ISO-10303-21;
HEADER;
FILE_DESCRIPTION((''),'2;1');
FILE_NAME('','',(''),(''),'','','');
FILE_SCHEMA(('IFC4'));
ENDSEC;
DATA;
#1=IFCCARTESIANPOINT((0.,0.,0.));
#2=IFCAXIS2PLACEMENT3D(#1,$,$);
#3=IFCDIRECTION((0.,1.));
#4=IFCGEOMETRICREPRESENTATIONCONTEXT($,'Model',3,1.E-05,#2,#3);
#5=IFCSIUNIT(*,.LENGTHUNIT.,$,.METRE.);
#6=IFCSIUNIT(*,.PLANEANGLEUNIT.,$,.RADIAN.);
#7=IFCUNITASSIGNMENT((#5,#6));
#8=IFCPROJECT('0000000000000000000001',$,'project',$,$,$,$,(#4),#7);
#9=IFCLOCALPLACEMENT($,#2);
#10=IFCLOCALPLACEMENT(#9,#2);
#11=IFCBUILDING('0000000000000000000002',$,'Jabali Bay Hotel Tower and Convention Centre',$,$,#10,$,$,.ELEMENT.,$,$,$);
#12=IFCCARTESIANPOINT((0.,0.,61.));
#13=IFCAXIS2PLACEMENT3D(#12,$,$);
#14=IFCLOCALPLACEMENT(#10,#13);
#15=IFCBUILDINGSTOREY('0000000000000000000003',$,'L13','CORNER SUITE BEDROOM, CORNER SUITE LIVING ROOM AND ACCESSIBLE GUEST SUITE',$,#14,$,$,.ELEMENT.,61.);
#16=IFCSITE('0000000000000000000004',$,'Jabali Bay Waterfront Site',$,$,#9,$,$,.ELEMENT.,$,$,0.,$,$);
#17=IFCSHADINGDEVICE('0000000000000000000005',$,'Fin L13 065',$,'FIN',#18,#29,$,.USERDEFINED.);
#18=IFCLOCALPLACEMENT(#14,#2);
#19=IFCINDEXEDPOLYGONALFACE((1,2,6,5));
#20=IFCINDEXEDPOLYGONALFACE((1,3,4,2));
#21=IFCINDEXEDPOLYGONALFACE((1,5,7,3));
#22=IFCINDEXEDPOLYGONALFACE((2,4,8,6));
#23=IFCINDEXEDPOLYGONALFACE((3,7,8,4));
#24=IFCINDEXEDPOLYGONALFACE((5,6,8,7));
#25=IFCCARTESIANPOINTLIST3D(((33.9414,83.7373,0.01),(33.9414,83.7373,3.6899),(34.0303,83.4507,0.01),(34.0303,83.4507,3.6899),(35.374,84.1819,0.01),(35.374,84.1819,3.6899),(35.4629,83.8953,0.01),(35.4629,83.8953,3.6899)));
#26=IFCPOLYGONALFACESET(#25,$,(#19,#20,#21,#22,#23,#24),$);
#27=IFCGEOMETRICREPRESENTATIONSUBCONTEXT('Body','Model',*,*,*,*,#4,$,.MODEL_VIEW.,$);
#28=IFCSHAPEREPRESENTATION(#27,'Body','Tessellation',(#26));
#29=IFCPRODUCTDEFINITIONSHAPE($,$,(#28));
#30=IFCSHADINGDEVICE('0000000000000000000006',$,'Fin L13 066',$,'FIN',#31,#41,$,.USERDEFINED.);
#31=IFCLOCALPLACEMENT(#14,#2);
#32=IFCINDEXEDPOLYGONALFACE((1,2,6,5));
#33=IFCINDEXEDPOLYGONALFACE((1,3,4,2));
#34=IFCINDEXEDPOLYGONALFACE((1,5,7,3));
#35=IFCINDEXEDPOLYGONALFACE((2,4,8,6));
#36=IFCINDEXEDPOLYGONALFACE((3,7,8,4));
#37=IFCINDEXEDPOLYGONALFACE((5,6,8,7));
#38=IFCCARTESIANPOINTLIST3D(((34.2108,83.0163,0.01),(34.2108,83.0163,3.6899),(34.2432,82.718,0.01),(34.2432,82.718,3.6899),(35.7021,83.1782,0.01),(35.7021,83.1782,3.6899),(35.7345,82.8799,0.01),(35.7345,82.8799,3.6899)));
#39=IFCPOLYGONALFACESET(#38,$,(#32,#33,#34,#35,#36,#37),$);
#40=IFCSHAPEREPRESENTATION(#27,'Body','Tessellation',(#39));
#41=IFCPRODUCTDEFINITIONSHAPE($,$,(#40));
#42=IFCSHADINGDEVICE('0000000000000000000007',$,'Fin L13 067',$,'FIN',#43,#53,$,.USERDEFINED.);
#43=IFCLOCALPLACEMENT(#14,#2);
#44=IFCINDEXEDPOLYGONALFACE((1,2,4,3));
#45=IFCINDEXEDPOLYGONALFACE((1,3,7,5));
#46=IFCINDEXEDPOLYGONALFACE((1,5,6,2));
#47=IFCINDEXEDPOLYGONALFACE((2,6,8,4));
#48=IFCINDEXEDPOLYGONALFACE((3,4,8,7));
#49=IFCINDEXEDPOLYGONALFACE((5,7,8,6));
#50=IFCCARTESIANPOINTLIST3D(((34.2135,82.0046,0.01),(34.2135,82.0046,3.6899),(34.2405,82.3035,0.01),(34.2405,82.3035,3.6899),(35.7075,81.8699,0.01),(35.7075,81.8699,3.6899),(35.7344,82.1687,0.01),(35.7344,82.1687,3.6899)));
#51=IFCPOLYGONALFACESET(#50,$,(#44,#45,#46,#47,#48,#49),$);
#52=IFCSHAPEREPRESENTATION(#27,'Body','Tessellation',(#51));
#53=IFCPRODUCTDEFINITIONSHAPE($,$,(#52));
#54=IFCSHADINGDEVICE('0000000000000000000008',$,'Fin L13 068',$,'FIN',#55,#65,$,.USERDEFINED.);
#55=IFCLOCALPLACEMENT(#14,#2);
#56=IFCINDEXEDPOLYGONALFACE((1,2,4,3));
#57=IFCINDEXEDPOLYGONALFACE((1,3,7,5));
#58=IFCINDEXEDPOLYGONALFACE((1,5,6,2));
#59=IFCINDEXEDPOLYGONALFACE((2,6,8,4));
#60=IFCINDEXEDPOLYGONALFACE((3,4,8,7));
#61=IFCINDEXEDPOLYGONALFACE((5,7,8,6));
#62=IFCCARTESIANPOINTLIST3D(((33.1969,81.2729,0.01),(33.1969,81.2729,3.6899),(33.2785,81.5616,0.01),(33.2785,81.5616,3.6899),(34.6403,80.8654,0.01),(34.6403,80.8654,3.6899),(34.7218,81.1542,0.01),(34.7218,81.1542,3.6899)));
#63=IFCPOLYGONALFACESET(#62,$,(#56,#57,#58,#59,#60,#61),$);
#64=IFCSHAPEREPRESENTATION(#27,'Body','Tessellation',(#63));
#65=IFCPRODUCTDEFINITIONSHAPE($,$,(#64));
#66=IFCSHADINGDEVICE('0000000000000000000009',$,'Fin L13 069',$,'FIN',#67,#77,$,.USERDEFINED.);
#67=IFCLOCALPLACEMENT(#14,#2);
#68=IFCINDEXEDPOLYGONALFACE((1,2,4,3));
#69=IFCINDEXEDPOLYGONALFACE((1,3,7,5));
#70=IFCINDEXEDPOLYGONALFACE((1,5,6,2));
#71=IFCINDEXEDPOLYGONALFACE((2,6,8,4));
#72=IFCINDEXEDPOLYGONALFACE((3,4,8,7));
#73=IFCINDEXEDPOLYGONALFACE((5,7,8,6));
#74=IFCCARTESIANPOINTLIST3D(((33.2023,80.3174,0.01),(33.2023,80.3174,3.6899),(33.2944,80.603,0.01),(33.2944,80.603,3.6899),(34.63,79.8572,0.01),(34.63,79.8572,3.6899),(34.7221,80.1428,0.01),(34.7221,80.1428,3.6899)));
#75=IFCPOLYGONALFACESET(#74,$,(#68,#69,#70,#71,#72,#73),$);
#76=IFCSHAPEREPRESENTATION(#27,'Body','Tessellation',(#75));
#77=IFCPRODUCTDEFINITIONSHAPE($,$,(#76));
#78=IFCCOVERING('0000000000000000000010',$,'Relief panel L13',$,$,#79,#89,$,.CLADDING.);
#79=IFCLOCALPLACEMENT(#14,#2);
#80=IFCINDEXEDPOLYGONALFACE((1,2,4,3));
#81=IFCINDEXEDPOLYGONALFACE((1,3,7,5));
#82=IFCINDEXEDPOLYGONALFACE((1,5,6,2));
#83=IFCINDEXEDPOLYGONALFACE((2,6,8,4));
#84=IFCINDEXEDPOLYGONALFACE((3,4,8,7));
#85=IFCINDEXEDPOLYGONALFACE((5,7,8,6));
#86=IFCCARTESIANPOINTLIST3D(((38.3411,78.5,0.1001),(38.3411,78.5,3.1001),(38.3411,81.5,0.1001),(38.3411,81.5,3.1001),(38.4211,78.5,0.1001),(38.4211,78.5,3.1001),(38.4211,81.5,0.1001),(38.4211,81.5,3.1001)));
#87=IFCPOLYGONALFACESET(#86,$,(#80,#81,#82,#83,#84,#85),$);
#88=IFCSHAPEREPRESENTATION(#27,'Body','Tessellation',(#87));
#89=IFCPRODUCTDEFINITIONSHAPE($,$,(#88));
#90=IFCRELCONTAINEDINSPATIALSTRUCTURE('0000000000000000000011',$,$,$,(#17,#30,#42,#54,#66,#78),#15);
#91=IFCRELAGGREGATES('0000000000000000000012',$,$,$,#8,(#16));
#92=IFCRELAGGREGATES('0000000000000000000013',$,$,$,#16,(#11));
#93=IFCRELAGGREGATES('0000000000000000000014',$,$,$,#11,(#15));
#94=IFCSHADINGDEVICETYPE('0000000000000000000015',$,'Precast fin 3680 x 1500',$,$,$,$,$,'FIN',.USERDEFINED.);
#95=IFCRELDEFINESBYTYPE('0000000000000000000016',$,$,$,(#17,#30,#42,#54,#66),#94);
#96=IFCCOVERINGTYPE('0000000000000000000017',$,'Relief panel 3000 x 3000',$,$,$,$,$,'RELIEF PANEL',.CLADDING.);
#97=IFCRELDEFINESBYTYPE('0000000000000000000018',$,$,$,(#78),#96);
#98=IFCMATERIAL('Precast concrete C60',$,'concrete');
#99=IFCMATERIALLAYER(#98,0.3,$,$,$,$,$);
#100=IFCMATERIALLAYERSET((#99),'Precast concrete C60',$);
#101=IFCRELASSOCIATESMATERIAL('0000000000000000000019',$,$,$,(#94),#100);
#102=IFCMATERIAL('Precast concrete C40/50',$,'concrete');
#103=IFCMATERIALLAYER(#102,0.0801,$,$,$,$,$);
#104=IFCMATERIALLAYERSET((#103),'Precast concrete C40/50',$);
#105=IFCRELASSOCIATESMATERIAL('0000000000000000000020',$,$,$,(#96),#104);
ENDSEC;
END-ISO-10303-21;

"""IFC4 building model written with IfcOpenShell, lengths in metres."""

from ifc_helpers import new_model, si_unit, direction, frame, frame_2d, origin, origin_2d, place, context, subcontext, project, spatial, rectangle, extrude, material, layer, layer_set, type_object, element, save


model = new_model("IFC4")

# Units and contexts
model_context = context("Model", 3, precision=1e-05, world=origin(), true_north=direction((0.0, 1.0)))
body_context = subcontext(model_context, "Body", "Model", "MODEL_VIEW")
ifc_project = project(units=[si_unit("LENGTHUNIT", "METRE"), si_unit("PLANEANGLEUNIT", "RADIAN")], contexts=[model_context])

# Site, building, storey
site_placement = place(None, origin())
site = spatial("IfcSite", under=ifc_project, at=site_placement, Name="Jabali Bay Waterfront Site", CompositionType="ELEMENT", RefElevation=0.0)
building_placement = place(site_placement, origin())
building = spatial("IfcBuilding", under=site, at=building_placement, Name="Jabali Bay Hotel Tower and Convention Centre", CompositionType="ELEMENT")
storey_placement = place(building_placement, frame((0.0, 0.0, 61.0)))
storey = spatial("IfcBuildingStorey", under=building, at=storey_placement, Name="L13", Description="CORNER SUITE BEDROOM, CORNER SUITE LIVING ROOM AND ACCESSIBLE GUEST SUITE", CompositionType="ELEMENT", Elevation=61.0)

# Shading devices
ifc_material_1 = material(Name="Precast concrete C60", Category="concrete")
ifc_layer_1 = layer(ifc_material_1, 0.3)
ifc_layer_set_1 = layer_set([ifc_layer_1], Name="Precast concrete C60")
shading_device_type_1 = type_object("IfcShadingDeviceType", Name="Precast fin 3680 x 1500", ElementType="FIN", PredefinedType="USERDEFINED", material=ifc_layer_set_1)
for number, where, z_axis, x_axis, name in (
    (1, (35.4185, 84.0386, 0.01), (0.0, 0.0, 1.0), (-0.955069, -0.296384, 0.0), "Fin L13 065"),
    (2, (35.7183, 83.0291, 0.01), (0.0, 0.0, 1.0), (-0.99416, -0.107912, 0.0), "Fin L13 066"),
    (3, (35.7209, 82.0193, 0.01), (0.0, 0.0, 1.0), (-0.995956, 0.089846, 0.0), "Fin L13 067"),
):
    element("IfcShadingDevice", number, at=place(storey_placement, frame(where, z_axis=z_axis, x_axis=x_axis)), inside=storey, type_object=shading_device_type_1, Name=name, ObjectType="FIN", PredefinedType="USERDEFINED", context=body_context, shape_type="SweptSolid", body=[
        extrude(rectangle(XDim=1.5, YDim=0.3, at=frame_2d((0.75, 0.0))), origin(), (0.0, 0.0, 1.0), 3.6799),
    ])
shading_device_1_placement = place(storey_placement, frame((34.6812, 81.0098, 0.01), z_axis=(0.0, 0.0, 1.0), x_axis=(-0.962385, 0.271688, 0.0)))
element("IfcShadingDevice", 4, at=shading_device_1_placement, inside=storey, type_object=shading_device_type_1, Name="Fin L13 068", ObjectType="FIN", PredefinedType="USERDEFINED", context=body_context, shape_type="SweptSolid", body=[
    extrude(rectangle(XDim=1.4998, YDim=0.3, at=frame_2d((0.75, 0.0))), origin(), (0.0, 0.0, 1.0), 3.6799),
])
shading_device_2_placement = place(storey_placement, frame((34.676, 80.0, 0.01), z_axis=(0.0, 0.0, 1.0), x_axis=(-0.951778, 0.306789, 0.0)))
element("IfcShadingDevice", 5, at=shading_device_2_placement, inside=storey, type_object=shading_device_type_1, Name="Fin L13 069", ObjectType="FIN", PredefinedType="USERDEFINED", context=body_context, shape_type="SweptSolid", body=[
    extrude(rectangle(XDim=1.5, YDim=0.3, at=frame_2d((0.75, 0.0))), origin(), (0.0, 0.0, 1.0), 3.6799),
])

# Covering
ifc_material_2 = material(Name="Precast concrete C40/50", Category="concrete")
ifc_layer_2 = layer(ifc_material_2, 0.0801)
ifc_layer_set_2 = layer_set([ifc_layer_2], Name="Precast concrete C40/50")
covering_type = type_object("IfcCoveringType", Name="Relief panel 3000 x 3000", ElementType="RELIEF PANEL", PredefinedType="CLADDING", material=ifc_layer_set_2)
covering_placement = place(storey_placement, frame((38.3811, 80.0, 0.1001), z_axis=(0.0, 0.0, 1.0), x_axis=(0.0, 1.0, 0.0)))
element("IfcCovering", 6, at=covering_placement, inside=storey, type_object=covering_type, Name="Relief panel L13", PredefinedType="CLADDING", context=body_context, shape_type="SweptSolid", body=[
    extrude(rectangle(XDim=3.0, YDim=0.0801, at=origin_2d()), origin(), (0.0, 0.0, 1.0), 3.0),
])

save(model, "model.ifc")
